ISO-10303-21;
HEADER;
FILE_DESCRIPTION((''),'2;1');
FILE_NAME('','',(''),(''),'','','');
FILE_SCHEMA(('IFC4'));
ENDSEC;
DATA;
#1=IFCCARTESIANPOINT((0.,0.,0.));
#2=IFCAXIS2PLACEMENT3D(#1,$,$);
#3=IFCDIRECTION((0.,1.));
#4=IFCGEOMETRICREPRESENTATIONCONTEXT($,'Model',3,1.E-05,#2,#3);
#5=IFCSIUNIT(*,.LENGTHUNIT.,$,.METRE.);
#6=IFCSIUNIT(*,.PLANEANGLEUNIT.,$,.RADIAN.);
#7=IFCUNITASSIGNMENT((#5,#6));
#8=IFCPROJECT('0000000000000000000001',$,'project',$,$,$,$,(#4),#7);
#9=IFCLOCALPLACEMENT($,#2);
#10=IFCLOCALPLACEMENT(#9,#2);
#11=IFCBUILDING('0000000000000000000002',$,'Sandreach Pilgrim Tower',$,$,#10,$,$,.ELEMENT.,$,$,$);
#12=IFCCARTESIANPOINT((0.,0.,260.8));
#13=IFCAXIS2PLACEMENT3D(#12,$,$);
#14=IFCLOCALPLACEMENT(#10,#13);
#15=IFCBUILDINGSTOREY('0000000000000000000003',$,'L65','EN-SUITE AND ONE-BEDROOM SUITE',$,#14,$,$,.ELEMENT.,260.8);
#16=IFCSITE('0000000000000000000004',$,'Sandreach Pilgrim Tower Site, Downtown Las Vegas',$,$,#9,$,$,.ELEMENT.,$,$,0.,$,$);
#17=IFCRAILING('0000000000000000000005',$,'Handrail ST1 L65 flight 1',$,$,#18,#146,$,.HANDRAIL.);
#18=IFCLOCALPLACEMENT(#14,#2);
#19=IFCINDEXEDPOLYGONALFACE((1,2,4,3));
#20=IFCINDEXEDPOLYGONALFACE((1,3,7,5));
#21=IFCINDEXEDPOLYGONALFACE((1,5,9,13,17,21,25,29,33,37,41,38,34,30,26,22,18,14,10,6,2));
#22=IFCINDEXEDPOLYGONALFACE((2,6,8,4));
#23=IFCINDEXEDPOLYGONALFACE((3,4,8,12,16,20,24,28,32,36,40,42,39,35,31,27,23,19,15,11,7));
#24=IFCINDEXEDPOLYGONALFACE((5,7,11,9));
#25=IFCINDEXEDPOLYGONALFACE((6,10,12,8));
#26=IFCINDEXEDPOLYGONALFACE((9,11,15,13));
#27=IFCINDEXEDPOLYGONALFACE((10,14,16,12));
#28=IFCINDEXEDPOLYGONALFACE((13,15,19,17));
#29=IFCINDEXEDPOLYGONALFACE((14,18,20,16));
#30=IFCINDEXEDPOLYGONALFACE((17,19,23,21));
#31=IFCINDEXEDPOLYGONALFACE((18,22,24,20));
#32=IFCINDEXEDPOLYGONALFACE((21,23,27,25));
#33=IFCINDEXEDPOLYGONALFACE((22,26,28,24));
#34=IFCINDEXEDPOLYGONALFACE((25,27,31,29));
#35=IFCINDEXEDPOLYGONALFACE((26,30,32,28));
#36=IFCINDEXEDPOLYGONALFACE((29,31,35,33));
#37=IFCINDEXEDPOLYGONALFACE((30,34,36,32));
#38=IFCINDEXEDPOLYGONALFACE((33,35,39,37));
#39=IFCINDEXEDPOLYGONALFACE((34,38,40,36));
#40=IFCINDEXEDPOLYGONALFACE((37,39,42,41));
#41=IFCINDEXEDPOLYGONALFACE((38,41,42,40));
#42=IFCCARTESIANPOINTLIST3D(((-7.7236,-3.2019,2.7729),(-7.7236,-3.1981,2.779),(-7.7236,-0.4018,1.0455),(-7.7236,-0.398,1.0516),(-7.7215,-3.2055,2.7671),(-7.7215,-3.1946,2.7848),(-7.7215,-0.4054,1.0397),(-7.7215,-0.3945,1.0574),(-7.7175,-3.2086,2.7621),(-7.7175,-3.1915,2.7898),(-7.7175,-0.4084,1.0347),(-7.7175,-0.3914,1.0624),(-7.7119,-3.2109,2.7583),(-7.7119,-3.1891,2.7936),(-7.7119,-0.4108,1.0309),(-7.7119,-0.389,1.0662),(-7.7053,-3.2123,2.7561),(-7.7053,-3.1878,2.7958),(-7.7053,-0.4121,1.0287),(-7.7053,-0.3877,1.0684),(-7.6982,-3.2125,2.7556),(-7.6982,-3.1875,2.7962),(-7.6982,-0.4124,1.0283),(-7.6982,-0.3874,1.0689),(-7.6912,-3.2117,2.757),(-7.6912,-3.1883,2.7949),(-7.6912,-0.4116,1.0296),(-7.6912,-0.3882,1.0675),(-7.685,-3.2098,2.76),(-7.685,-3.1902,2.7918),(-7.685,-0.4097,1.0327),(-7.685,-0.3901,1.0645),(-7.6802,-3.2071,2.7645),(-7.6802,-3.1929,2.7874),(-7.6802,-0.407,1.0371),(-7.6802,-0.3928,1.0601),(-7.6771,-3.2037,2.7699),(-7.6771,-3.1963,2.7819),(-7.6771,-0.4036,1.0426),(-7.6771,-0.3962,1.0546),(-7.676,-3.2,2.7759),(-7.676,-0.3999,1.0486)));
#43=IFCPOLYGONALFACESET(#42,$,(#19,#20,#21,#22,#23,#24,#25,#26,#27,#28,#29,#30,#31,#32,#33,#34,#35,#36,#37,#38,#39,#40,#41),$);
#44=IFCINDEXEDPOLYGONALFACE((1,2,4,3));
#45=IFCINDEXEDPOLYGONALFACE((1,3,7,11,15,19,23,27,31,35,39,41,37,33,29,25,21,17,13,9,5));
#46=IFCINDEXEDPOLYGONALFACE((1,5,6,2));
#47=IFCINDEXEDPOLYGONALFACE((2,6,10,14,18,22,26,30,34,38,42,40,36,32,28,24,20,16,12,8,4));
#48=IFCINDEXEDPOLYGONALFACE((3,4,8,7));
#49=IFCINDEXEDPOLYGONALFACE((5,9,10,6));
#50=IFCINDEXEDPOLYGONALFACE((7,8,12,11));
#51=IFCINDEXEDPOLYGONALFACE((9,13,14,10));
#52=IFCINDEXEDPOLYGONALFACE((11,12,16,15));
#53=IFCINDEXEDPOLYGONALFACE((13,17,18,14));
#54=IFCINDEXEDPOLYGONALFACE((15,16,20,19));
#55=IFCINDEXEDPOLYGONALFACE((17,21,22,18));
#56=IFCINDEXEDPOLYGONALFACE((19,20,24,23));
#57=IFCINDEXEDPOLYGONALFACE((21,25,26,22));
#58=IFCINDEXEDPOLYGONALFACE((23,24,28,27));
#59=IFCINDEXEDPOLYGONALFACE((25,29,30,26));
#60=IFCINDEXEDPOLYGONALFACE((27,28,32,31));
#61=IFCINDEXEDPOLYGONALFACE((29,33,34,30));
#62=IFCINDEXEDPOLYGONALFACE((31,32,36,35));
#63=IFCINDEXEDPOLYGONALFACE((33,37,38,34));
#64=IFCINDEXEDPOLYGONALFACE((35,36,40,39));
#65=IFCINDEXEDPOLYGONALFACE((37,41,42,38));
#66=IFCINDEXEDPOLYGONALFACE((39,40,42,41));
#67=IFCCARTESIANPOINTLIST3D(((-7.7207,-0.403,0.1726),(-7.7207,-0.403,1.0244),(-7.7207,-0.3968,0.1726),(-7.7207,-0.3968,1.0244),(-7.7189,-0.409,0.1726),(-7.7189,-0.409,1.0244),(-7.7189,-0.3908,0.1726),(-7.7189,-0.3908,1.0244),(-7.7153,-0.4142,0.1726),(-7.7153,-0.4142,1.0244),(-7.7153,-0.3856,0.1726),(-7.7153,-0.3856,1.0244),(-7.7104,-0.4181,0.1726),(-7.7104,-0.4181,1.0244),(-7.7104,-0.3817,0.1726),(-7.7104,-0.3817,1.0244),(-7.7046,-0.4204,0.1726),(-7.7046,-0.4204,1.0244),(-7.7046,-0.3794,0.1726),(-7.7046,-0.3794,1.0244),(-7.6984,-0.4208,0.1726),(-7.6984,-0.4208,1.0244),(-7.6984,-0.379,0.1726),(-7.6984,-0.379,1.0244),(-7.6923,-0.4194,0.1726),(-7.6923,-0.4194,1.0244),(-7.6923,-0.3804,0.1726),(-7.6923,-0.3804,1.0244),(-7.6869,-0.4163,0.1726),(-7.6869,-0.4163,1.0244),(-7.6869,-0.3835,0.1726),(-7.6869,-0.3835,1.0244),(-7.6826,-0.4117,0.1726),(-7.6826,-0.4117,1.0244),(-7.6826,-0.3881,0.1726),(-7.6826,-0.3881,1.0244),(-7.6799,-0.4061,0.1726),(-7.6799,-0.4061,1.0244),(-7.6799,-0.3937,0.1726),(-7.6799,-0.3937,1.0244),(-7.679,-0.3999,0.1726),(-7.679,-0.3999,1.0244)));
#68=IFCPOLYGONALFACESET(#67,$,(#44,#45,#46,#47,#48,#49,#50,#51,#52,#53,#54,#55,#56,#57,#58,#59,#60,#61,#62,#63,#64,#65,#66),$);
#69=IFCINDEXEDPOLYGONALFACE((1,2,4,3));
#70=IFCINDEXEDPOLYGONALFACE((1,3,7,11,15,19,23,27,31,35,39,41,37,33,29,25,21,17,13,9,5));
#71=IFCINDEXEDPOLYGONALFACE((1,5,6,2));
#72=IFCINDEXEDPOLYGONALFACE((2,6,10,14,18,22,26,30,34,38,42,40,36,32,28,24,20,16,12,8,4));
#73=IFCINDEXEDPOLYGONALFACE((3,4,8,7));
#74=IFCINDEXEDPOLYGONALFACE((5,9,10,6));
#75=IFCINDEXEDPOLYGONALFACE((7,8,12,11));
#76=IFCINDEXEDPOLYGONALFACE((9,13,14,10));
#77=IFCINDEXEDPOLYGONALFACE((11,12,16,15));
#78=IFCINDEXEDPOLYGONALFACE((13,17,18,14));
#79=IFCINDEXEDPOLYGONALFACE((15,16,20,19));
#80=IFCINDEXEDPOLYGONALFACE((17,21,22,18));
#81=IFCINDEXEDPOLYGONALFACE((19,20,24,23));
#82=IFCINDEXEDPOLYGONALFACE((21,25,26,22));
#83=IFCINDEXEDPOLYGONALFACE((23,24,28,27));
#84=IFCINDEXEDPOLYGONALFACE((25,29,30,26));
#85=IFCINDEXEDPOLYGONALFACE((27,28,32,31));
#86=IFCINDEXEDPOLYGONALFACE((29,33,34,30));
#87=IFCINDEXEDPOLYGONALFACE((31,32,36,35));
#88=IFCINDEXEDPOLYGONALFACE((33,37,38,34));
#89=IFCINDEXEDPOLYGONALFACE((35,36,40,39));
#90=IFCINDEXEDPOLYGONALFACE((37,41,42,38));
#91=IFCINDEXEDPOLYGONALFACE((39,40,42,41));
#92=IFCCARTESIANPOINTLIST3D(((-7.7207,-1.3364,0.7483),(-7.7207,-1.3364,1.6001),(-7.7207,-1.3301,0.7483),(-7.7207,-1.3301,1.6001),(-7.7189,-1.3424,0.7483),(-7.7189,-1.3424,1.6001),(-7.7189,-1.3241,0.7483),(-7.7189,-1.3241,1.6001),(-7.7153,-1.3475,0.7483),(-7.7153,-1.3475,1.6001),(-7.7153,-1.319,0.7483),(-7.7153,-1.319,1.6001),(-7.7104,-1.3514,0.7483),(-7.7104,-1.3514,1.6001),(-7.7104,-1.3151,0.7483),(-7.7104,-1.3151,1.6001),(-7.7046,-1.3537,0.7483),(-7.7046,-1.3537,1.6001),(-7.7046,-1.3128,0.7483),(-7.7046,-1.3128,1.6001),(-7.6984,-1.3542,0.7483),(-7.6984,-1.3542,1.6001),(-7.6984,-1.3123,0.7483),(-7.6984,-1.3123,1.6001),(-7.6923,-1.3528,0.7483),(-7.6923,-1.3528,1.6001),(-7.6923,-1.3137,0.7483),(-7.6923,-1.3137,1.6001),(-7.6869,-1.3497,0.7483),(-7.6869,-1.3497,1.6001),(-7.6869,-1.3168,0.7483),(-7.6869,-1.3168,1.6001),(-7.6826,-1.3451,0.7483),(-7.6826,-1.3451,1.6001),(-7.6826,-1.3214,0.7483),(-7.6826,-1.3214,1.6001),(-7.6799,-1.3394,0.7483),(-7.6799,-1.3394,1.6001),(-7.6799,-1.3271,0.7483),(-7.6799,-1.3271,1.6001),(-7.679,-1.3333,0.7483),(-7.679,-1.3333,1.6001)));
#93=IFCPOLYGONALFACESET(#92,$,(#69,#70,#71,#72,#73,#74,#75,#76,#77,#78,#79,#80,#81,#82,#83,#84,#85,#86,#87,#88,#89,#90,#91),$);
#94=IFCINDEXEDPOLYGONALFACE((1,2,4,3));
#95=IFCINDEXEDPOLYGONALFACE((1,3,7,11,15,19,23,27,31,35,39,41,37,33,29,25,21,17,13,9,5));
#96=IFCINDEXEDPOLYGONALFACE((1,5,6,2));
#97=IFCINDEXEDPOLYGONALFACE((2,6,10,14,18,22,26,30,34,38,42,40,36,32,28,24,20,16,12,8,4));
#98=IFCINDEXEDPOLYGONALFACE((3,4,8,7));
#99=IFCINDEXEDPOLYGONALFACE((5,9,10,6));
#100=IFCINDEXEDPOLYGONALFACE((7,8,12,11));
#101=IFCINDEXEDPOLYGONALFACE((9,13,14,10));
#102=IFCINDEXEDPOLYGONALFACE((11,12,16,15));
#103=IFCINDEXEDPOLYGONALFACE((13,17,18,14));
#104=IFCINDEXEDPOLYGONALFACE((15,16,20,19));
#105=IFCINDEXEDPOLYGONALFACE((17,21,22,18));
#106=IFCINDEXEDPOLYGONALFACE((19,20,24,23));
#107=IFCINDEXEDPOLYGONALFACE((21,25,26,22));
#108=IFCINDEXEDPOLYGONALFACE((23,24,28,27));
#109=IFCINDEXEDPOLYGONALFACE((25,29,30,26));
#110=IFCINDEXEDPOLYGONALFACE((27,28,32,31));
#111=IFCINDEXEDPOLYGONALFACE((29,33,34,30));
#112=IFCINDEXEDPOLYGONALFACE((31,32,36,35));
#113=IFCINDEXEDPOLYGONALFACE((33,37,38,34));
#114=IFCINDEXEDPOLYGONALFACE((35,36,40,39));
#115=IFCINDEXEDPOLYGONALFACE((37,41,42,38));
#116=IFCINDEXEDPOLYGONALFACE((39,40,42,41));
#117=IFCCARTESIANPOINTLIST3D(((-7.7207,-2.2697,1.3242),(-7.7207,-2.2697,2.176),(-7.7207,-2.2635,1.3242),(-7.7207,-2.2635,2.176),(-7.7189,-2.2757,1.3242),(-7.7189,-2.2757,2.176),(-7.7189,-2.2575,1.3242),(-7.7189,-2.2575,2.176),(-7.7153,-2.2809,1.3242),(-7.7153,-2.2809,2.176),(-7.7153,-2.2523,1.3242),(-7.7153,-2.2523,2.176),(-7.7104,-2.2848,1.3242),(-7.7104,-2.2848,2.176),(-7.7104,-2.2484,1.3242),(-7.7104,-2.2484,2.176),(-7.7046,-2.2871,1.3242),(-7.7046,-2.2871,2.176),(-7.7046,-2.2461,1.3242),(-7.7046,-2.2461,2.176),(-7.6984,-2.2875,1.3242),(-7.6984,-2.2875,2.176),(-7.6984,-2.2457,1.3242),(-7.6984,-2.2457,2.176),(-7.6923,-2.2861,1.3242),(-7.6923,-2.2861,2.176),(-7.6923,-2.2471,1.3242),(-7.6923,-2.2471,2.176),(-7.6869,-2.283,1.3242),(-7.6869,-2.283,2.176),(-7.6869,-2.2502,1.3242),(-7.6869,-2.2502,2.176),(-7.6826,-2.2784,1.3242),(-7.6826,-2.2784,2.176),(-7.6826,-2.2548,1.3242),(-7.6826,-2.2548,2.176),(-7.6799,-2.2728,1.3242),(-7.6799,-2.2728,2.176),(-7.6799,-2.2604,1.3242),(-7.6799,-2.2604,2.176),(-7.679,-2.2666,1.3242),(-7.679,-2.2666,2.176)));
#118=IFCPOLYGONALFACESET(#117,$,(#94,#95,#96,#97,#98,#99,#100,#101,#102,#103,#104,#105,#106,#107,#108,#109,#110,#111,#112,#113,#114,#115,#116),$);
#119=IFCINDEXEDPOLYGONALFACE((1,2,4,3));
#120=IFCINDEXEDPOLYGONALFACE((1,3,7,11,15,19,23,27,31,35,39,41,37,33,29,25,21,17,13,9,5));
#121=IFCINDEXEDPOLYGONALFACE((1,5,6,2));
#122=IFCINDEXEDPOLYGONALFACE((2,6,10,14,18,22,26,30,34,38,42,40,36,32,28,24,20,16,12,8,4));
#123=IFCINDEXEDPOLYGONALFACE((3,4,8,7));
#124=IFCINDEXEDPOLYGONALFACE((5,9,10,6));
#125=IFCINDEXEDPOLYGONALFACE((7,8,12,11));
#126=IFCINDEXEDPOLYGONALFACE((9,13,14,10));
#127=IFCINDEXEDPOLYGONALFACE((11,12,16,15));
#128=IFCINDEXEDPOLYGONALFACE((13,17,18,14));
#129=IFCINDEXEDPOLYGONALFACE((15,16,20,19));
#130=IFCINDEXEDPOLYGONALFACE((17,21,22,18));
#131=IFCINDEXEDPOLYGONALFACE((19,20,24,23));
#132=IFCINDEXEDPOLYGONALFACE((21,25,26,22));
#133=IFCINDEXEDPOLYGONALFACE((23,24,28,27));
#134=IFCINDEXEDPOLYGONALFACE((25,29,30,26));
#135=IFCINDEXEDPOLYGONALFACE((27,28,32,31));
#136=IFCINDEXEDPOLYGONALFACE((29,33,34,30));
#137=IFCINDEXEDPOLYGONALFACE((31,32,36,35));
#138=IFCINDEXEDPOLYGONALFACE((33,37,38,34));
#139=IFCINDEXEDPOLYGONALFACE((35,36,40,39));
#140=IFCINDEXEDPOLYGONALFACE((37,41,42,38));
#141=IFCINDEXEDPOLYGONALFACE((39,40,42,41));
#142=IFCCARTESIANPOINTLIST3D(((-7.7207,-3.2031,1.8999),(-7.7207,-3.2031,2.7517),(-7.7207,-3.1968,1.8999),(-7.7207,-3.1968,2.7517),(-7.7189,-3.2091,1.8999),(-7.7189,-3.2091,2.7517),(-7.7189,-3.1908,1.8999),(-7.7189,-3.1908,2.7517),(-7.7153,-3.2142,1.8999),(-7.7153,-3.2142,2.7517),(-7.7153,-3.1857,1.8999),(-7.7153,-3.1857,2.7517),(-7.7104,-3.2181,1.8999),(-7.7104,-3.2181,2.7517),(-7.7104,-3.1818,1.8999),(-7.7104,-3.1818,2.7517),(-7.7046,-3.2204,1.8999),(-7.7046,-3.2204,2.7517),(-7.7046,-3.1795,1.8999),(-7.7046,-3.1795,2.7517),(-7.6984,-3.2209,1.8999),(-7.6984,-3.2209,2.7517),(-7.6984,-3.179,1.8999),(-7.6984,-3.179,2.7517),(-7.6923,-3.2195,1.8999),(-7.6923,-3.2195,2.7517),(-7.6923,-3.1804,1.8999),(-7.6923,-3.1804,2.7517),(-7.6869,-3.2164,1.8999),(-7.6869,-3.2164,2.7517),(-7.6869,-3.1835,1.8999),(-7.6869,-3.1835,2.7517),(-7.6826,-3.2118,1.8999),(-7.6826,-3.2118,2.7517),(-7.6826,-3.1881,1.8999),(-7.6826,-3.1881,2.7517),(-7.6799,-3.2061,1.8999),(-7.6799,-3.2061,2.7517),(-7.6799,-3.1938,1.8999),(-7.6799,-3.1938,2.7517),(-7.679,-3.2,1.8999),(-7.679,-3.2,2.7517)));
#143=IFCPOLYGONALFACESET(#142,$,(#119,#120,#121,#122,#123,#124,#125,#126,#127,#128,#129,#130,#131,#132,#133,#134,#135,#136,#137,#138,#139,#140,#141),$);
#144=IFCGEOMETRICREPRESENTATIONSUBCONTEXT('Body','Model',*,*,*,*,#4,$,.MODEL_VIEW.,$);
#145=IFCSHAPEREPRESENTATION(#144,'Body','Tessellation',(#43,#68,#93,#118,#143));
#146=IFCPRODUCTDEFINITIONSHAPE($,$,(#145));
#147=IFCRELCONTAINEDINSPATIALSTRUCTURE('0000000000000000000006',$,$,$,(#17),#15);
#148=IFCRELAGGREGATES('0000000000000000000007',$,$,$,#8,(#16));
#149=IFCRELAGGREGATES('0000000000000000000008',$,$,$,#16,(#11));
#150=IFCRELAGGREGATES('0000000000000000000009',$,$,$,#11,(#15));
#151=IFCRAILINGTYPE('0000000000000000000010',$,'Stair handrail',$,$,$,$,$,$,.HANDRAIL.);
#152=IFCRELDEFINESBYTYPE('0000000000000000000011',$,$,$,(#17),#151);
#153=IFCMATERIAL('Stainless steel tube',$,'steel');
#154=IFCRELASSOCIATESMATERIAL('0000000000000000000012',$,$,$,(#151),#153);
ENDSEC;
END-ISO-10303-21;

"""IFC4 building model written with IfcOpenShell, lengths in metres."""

from ifc_helpers import new_model, si_unit, direction, frame, origin, origin_2d, place, context, subcontext, project, spatial, circle, extrude, material, type_object, element, save


model = new_model("IFC4")

# Units and contexts
model_context = context("Model", 3, precision=1e-05, world=origin(), true_north=direction((0.0, 1.0)))
body_context = subcontext(model_context, "Body", "Model", "MODEL_VIEW")
ifc_project = project(units=[si_unit("LENGTHUNIT", "METRE"), si_unit("PLANEANGLEUNIT", "RADIAN")], contexts=[model_context])

# Site, building, storey
site_placement = place(None, origin())
site = spatial("IfcSite", under=ifc_project, at=site_placement, Name="Sandreach Pilgrim Tower Site, Downtown Las Vegas", CompositionType="ELEMENT", RefElevation=0.0)
building_placement = place(site_placement, origin())
building = spatial("IfcBuilding", under=site, at=building_placement, Name="Sandreach Pilgrim Tower", CompositionType="ELEMENT")
storey_placement = place(building_placement, frame((0.0, 0.0, 260.8)))
storey = spatial("IfcBuildingStorey", under=building, at=storey_placement, Name="L65", Description="EN-SUITE AND ONE-BEDROOM SUITE", CompositionType="ELEMENT", Elevation=260.8)

# Railing
ifc_material_1 = material(Name="Stainless steel tube", Category="steel")
railing_type = type_object("IfcRailingType", Name="Stair handrail", PredefinedType="HANDRAIL", material=ifc_material_1)
railing_placement = place(storey_placement, frame((-7.7, -0.3999, 0.1726)))
element("IfcRailing", 1, at=railing_placement, inside=storey, type_object=railing_type, Name="Handrail ST1 L65 flight 1", PredefinedType="HANDRAIL", context=body_context, shape_type="SweptSolid", body=[
    extrude(circle(Radius=0.0239, at=origin_2d()), frame((0.0, 0.0, 0.876), z_axis=(0.0, -0.85109, 0.52502), x_axis=(1.0, 0.0, 0.0)), (0.0, 0.0, 1.0), 3.29),
    extrude(circle(Radius=0.021, at=origin_2d()), origin(), (0.0, 0.0, 1.0), 0.8518),
    extrude(circle(Radius=0.021, at=origin_2d()), frame((0.0, -0.9333, 0.5757)), (0.0, 0.0, 1.0), 0.8518),
    extrude(circle(Radius=0.021, at=origin_2d()), frame((0.0, -1.8667, 1.1516)), (0.0, 0.0, 1.0), 0.8518),
    extrude(circle(Radius=0.021, at=origin_2d()), frame((0.0, -2.8, 1.7273)), (0.0, 0.0, 1.0), 0.8518),
])

save(model, "model.ifc")
